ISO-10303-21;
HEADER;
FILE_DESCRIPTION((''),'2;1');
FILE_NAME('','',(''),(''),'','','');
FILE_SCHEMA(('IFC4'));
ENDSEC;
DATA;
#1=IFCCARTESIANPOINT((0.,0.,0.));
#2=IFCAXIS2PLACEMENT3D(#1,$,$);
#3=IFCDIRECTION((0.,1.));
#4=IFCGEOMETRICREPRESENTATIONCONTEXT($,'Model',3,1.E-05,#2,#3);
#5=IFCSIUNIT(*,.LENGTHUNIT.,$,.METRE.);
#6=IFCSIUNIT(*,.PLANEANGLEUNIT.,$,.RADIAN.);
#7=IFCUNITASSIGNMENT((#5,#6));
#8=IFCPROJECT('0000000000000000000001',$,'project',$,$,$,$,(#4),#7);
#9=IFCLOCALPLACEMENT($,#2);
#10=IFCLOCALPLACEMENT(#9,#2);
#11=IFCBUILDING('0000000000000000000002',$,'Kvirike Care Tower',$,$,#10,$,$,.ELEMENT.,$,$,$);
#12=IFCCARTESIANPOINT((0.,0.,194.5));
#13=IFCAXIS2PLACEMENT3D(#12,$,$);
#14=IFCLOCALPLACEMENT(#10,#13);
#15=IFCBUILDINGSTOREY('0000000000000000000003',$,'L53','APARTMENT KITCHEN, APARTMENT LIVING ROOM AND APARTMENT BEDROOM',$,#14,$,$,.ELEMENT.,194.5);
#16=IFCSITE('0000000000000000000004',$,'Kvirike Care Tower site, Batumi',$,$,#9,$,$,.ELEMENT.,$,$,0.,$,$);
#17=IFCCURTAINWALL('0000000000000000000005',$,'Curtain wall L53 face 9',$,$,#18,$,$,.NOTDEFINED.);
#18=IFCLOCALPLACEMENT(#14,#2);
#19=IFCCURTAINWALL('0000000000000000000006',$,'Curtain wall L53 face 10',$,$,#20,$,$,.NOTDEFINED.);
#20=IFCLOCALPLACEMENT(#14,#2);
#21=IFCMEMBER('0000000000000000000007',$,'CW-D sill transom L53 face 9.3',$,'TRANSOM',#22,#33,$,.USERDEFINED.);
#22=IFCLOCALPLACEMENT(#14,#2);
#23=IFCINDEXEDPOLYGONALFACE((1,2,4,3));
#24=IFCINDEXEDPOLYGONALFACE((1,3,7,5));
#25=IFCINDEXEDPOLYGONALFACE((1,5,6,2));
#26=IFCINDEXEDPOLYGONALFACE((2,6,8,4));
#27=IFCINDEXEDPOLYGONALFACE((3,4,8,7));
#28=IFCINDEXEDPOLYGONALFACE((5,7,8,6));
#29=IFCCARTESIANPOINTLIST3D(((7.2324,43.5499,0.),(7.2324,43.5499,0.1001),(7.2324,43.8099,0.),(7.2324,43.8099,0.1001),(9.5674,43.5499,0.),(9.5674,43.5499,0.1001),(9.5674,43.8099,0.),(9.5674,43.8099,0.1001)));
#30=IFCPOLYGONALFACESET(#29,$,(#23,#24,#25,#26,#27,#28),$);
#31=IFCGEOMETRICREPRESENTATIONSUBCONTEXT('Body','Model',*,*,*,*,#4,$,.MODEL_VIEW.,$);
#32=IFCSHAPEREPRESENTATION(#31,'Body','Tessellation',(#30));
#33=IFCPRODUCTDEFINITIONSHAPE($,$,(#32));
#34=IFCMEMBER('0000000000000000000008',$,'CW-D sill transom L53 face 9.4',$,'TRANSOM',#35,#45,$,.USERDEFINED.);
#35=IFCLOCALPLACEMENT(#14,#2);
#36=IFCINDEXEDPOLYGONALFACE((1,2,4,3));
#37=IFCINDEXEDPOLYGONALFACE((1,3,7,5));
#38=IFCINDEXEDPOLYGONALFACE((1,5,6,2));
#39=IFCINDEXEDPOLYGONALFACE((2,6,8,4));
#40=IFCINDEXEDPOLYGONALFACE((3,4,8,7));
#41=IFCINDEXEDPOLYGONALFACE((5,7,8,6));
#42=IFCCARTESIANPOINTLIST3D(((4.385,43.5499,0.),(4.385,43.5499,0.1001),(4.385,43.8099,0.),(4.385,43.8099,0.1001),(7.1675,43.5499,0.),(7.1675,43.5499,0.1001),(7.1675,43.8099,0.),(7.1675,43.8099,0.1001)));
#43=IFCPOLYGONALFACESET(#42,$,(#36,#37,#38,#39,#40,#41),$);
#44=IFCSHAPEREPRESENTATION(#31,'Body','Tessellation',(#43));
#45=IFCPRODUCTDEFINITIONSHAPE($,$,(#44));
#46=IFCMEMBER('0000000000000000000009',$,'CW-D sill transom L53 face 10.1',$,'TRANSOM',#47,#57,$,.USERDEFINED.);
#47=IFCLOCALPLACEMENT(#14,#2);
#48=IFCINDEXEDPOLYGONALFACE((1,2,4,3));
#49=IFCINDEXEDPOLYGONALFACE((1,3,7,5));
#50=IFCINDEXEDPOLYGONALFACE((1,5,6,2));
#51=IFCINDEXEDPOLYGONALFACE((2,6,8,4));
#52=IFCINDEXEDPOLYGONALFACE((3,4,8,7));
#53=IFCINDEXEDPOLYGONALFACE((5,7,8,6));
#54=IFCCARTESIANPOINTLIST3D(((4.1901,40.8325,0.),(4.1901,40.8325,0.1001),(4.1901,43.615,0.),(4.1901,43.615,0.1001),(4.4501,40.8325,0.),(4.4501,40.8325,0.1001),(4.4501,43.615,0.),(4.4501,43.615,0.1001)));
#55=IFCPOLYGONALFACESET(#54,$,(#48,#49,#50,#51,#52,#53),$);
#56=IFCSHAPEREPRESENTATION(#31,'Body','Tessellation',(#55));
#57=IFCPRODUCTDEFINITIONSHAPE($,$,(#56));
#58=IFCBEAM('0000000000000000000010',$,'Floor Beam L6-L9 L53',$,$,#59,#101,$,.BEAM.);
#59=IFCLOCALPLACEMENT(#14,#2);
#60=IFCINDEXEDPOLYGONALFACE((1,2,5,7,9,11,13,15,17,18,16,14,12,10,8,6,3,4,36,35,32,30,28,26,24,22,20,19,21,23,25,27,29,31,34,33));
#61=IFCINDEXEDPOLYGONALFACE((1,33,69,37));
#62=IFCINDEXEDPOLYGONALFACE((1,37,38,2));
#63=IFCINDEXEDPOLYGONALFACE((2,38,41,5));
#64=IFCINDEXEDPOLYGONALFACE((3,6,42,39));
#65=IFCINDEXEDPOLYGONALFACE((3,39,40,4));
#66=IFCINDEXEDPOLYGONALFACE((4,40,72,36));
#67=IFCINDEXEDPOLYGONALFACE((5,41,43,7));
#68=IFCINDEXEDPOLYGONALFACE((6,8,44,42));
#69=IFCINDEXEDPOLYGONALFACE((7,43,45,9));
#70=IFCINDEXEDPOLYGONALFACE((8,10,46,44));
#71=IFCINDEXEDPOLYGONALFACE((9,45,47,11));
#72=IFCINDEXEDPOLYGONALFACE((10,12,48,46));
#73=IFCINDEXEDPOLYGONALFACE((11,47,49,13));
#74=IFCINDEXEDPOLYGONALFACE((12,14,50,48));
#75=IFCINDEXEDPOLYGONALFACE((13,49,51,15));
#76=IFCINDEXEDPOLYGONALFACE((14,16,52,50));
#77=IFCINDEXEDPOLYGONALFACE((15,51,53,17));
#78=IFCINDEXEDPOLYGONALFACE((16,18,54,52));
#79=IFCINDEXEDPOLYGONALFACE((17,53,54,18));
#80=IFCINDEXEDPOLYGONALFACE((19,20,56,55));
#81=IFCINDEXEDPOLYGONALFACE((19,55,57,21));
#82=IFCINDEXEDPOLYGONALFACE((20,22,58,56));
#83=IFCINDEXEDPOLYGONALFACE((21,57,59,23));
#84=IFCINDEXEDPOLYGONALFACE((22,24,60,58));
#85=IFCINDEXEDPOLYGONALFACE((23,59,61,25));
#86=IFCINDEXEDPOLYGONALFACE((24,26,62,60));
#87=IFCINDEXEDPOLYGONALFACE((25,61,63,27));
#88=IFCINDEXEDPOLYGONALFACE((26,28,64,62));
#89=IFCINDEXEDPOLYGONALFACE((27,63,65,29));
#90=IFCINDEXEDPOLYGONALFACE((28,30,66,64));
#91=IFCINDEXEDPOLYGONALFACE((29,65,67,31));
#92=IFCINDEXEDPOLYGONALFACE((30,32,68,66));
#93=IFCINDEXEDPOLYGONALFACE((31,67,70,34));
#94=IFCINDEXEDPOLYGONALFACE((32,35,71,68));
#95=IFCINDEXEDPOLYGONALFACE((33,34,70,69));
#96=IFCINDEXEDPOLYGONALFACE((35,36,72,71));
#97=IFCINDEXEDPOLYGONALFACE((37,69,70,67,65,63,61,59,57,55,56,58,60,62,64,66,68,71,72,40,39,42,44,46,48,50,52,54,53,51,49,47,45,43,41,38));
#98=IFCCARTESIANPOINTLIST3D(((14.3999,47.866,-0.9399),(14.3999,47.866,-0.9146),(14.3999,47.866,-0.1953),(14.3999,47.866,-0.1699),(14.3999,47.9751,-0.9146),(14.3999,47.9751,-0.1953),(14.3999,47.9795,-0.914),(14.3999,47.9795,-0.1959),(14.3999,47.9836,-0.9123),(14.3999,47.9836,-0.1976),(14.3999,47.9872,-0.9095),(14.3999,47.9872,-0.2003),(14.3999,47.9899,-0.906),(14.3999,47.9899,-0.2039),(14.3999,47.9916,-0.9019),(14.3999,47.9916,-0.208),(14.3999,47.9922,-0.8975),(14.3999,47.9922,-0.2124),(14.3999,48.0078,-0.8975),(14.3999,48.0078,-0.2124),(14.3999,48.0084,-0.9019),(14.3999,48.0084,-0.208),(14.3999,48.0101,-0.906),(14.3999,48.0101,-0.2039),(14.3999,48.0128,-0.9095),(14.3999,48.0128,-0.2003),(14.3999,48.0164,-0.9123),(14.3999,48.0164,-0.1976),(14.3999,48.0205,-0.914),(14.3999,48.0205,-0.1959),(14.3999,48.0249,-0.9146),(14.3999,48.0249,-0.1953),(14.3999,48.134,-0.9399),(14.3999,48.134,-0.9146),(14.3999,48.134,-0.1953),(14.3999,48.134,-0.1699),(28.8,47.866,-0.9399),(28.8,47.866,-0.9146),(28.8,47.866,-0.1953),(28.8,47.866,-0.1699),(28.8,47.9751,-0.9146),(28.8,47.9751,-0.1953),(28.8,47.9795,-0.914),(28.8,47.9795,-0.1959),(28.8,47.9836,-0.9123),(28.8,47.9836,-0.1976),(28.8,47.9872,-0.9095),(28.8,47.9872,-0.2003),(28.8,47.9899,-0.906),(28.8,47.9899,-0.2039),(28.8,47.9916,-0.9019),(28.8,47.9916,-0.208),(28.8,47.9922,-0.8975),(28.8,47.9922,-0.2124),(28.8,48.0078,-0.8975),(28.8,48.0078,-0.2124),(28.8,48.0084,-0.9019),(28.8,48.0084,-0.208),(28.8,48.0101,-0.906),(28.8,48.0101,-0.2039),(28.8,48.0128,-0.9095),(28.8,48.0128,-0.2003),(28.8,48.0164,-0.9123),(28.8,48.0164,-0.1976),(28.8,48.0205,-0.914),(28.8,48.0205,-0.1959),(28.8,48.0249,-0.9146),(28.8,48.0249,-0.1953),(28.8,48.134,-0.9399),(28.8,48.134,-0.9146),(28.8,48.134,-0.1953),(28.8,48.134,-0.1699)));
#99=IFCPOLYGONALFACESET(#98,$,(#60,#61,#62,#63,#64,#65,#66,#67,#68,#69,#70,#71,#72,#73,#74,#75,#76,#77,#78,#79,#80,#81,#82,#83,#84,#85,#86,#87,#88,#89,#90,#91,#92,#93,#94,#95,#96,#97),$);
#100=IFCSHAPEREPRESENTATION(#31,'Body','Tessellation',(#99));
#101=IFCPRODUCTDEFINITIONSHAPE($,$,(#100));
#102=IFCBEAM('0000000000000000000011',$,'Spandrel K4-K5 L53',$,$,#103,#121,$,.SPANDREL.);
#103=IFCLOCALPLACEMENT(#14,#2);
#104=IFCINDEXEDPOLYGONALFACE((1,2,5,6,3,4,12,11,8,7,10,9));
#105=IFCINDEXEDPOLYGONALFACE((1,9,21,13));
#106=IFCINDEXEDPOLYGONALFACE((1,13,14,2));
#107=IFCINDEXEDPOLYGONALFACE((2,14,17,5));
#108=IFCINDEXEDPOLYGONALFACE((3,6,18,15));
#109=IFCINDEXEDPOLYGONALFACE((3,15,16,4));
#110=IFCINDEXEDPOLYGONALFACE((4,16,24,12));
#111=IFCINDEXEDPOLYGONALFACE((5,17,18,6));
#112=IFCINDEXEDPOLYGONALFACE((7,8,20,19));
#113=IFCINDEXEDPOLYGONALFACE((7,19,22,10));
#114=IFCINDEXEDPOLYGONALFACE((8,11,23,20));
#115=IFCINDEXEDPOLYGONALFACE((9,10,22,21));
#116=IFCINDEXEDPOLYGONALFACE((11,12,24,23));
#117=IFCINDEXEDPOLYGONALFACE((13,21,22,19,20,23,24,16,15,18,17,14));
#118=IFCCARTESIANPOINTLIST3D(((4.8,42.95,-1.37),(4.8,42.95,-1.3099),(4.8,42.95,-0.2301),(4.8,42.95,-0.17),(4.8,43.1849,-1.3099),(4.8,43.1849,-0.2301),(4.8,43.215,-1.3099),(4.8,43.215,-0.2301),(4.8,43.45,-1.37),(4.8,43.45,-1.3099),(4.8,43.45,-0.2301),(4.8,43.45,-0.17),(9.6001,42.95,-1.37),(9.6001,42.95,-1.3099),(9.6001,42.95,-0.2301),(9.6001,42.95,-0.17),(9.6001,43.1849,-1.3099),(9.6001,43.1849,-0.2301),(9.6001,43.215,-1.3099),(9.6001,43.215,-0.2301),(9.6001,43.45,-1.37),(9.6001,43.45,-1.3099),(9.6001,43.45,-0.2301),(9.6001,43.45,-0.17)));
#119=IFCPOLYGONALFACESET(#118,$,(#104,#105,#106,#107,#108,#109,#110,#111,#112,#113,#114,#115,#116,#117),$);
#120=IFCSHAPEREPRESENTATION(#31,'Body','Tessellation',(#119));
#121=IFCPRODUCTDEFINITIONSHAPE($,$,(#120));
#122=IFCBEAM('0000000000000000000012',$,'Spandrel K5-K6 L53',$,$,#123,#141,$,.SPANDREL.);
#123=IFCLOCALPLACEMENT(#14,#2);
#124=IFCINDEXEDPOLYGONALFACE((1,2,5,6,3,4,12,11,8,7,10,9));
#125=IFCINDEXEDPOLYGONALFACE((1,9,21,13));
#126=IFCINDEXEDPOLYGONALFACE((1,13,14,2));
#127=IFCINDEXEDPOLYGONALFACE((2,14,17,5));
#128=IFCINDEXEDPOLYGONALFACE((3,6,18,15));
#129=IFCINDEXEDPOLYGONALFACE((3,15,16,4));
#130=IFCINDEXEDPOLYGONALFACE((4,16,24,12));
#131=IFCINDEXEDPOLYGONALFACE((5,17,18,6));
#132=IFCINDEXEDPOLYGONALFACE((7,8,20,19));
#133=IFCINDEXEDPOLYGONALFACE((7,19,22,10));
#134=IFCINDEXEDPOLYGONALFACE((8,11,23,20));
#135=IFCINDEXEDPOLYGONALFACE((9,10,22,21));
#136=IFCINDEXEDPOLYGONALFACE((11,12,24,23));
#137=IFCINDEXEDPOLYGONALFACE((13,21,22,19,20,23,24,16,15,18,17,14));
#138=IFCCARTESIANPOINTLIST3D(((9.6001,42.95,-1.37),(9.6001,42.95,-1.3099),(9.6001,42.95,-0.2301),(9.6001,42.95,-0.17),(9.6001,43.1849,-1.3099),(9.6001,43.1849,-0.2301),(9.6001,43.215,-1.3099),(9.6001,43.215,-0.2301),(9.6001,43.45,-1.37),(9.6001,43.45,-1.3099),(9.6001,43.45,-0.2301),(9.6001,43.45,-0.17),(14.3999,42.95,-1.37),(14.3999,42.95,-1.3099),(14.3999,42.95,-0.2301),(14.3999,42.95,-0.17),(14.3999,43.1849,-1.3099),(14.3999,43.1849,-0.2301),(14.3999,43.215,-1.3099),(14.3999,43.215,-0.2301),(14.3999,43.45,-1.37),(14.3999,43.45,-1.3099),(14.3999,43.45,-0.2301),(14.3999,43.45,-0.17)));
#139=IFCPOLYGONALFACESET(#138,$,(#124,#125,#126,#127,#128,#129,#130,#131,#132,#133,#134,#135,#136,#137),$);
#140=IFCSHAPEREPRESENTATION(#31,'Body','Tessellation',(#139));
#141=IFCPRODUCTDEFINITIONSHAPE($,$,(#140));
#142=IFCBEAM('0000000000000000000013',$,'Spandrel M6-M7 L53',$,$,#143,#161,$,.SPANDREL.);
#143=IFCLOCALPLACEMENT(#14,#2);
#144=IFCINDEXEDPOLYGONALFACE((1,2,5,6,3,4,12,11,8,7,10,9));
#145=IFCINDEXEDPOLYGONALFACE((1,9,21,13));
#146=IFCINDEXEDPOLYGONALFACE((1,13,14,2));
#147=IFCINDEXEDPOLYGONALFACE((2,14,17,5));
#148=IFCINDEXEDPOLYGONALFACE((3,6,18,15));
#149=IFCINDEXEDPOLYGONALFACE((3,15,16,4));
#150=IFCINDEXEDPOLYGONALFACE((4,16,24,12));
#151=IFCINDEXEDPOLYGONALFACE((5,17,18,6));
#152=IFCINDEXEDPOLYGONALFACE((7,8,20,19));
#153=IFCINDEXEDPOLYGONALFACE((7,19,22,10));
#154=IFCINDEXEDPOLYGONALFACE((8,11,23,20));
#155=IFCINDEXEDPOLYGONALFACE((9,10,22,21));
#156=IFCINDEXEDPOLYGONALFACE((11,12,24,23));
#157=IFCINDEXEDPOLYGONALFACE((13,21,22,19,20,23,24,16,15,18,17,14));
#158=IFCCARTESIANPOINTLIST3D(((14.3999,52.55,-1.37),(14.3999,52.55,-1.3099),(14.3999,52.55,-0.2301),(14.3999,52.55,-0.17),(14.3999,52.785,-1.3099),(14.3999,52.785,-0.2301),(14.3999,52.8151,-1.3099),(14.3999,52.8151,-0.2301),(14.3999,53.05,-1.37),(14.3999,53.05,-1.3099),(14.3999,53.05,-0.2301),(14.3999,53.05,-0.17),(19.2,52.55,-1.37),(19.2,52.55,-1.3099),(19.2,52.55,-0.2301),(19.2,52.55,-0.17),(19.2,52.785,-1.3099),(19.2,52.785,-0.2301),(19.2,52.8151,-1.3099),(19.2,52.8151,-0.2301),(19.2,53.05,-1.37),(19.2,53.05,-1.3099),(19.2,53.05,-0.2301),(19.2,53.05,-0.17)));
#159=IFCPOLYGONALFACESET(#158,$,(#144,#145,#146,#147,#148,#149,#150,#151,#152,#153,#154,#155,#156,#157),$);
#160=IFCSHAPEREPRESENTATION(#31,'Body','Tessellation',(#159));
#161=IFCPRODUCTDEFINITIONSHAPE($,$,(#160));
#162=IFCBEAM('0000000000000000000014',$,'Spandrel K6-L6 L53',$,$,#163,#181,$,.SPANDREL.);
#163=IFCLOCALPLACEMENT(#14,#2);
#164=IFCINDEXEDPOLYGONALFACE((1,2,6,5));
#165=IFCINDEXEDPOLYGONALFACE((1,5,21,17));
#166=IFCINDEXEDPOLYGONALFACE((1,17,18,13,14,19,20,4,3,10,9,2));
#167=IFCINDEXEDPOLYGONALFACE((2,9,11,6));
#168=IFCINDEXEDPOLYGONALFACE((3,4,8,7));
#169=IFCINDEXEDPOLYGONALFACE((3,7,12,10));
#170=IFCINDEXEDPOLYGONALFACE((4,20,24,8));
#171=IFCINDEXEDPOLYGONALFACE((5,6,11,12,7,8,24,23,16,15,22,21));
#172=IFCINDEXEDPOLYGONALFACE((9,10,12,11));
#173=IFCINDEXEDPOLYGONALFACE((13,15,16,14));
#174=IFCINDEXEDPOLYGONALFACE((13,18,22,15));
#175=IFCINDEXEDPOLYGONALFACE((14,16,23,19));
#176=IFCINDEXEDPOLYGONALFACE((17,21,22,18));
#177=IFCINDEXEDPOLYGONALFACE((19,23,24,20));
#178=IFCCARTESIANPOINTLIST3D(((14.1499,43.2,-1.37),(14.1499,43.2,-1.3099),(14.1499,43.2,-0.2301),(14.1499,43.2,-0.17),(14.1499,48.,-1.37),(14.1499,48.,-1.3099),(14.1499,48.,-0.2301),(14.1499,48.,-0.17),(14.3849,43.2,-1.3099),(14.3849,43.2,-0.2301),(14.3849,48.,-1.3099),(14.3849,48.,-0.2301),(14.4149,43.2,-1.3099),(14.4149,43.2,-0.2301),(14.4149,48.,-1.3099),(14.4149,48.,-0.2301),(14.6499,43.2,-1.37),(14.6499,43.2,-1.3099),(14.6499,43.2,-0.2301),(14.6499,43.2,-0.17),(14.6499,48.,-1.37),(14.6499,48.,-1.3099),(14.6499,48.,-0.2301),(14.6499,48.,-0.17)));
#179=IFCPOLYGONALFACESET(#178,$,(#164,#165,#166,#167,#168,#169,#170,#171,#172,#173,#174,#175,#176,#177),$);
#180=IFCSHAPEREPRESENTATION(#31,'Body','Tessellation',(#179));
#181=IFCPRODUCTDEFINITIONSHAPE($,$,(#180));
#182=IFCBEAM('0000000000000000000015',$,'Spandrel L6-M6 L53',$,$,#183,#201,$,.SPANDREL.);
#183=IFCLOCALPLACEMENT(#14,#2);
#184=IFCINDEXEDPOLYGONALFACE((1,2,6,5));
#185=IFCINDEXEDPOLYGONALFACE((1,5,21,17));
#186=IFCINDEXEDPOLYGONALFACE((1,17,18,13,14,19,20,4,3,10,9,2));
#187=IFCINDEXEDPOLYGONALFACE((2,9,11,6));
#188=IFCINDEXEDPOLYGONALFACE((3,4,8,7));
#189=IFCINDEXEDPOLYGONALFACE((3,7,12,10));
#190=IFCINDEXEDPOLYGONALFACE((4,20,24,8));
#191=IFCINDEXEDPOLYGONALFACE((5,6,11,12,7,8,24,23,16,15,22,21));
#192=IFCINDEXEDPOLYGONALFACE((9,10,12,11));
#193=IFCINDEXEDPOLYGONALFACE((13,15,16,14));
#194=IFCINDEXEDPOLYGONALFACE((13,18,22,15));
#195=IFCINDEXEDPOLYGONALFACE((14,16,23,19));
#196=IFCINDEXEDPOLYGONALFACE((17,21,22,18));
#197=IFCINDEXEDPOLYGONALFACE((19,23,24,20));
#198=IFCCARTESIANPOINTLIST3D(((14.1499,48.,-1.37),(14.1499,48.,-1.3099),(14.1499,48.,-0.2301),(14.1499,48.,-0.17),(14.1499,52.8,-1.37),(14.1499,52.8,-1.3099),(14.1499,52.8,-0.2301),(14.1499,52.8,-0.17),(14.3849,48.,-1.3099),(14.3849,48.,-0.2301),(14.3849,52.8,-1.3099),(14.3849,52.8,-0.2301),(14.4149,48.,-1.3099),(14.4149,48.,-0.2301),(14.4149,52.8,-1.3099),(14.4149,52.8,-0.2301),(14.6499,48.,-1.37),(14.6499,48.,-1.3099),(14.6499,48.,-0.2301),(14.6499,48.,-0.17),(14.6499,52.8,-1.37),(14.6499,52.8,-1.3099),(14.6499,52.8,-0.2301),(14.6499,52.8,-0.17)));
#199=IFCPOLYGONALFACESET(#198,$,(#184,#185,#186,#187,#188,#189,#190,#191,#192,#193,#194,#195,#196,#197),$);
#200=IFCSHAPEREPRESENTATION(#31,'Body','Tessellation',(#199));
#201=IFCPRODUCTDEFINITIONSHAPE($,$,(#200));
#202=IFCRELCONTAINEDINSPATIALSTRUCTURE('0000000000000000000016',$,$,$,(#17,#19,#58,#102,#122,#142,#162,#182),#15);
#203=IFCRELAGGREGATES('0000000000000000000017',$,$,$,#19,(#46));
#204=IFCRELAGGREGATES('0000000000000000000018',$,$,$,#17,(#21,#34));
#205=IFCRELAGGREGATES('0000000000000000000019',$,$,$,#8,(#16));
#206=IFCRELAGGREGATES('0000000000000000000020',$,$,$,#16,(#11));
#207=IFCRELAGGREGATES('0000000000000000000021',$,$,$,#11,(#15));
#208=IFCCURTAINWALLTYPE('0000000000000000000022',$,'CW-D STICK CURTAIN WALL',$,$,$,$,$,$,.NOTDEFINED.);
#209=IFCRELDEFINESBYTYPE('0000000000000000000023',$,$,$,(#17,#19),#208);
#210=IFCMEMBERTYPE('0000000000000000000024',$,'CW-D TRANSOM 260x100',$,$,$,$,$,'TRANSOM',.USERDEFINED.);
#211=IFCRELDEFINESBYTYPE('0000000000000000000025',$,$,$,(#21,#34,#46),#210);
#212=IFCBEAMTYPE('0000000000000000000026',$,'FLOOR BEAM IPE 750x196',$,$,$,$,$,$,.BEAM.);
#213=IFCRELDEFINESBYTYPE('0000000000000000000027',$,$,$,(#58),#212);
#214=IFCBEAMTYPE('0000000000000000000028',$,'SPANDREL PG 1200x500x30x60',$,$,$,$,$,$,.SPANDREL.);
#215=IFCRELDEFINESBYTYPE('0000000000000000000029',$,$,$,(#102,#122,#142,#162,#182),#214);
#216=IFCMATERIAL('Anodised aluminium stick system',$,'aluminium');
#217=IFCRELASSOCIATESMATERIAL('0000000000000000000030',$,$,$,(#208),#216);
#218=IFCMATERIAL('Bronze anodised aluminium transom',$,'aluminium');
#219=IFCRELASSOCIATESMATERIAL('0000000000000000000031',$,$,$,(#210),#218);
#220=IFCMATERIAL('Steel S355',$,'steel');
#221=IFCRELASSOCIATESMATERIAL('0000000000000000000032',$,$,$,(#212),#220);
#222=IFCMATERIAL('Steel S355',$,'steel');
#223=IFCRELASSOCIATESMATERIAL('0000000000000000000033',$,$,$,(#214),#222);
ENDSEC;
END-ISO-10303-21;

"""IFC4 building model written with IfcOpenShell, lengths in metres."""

from ifc_helpers import new_model, si_unit, direction, frame, origin, origin_2d, place, context, subcontext, project, spatial, rectangle, i_section, extrude, material, material_profile, profile_set, type_object, element, aggregate, save


model = new_model("IFC4")

# Units and contexts
model_context = context("Model", 3, precision=1e-05, world=origin(), true_north=direction((0.0, 1.0)))
body_context = subcontext(model_context, "Body", "Model", "MODEL_VIEW")
ifc_project = project(units=[si_unit("LENGTHUNIT", "METRE"), si_unit("PLANEANGLEUNIT", "RADIAN")], contexts=[model_context])

# Site, building, storey
site_placement = place(None, origin())
site = spatial("IfcSite", under=ifc_project, at=site_placement, Name="Kvirike Care Tower site, Batumi", CompositionType="ELEMENT", RefElevation=0.0)
building_placement = place(site_placement, origin())
building = spatial("IfcBuilding", under=site, at=building_placement, Name="Kvirike Care Tower", CompositionType="ELEMENT")
storey_placement = place(building_placement, frame((0.0, 0.0, 194.5)))
storey = spatial("IfcBuildingStorey", under=building, at=storey_placement, Name="L53", Description="APARTMENT KITCHEN, APARTMENT LIVING ROOM AND APARTMENT BEDROOM", CompositionType="ELEMENT", Elevation=194.5)

# Curtain wall
ifc_material_1 = material(Name="Anodised aluminium stick system", Category="aluminium")
curtain_wall_type = type_object("IfcCurtainWallType", Name="CW-D STICK CURTAIN WALL", PredefinedType="NOTDEFINED", material=ifc_material_1)
curtain_wall_1_placement = place(storey_placement, origin())
curtain_wall_1 = element("IfcCurtainWall", 1, at=curtain_wall_1_placement, inside=storey, type_object=curtain_wall_type, Name="Curtain wall L53 face 9", PredefinedType="NOTDEFINED")

# Curtain wall
curtain_wall_2_placement = place(storey_placement, origin())
curtain_wall_2 = element("IfcCurtainWall", 2, at=curtain_wall_2_placement, inside=storey, type_object=curtain_wall_type, Name="Curtain wall L53 face 10", PredefinedType="NOTDEFINED")

# Members
ifc_material_2 = material(Name="Bronze anodised aluminium transom", Category="aluminium")
ifc_material_profile_1 = material_profile(ifc_material_2, rectangle(XDim=0.26, YDim=0.1001, at=origin_2d()), Name="CW-D TRANSOM 260x100")
ifc_profile_set_1 = profile_set([ifc_material_profile_1], Name="Bronze anodised aluminium transom")
member_type_1 = type_object("IfcMemberType", Name="CW-D TRANSOM 260x100", ElementType="TRANSOM", PredefinedType="USERDEFINED", material=ifc_profile_set_1)
member_1_placement = place(storey_placement, frame((9.5674, 43.6799, 0.05), z_axis=(-1.0, 0.0, 0.0), x_axis=(0.0, -1.0, 0.0)))
member_1 = element("IfcMember", 3, at=member_1_placement, type_object=member_type_1, Name="CW-D sill transom L53 face 9.3", ObjectType="TRANSOM", PredefinedType="USERDEFINED", context=body_context, shape_type="SweptSolid", body=[
    extrude(rectangle(XDim=0.26, YDim=0.1001, at=origin_2d()), origin(), (0.0, 0.0, 1.0), 2.335),
])
member_2_placement = place(storey_placement, frame((7.1675, 43.6799, 0.05), z_axis=(-1.0, 0.0, 0.0), x_axis=(0.0, -1.0, 0.0)))
member_2 = element("IfcMember", 4, at=member_2_placement, type_object=member_type_1, Name="CW-D sill transom L53 face 9.4", ObjectType="TRANSOM", PredefinedType="USERDEFINED", context=body_context, shape_type="SweptSolid", body=[
    extrude(rectangle(XDim=0.26, YDim=0.1001, at=origin_2d()), origin(), (0.0, 0.0, 1.0), 2.7825),
])
member_3_placement = place(storey_placement, frame((4.3201, 43.615, 0.05), z_axis=(0.0, -1.0, 0.0), x_axis=(1.0, 0.0, 0.0)))
member_3 = element("IfcMember", 5, at=member_3_placement, type_object=member_type_1, Name="CW-D sill transom L53 face 10.1", ObjectType="TRANSOM", PredefinedType="USERDEFINED", context=body_context, shape_type="SweptSolid", body=[
    extrude(rectangle(XDim=0.26, YDim=0.1001, at=origin_2d()), origin(), (0.0, 0.0, 1.0), 2.7825),
])
aggregate(curtain_wall_2, [member_3])

# Beams
ifc_material_3 = material(Name="Steel S355", Category="steel")
ifc_material_profile_2 = material_profile(ifc_material_3, i_section(OverallWidth=0.2681, OverallDepth=0.77, WebThickness=0.0156, FlangeThickness=0.0254, FilletRadius=0.0171, at=origin_2d()), Name="IPE 750x196")
ifc_profile_set_2 = profile_set([ifc_material_profile_2], Name="Steel S355")
beam_type_1 = type_object("IfcBeamType", Name="FLOOR BEAM IPE 750x196", PredefinedType="BEAM", material=ifc_profile_set_2)
beam_1_placement = place(storey_placement, frame((14.3999, 48.0, -0.5549), z_axis=(1.0, 0.0, 0.0), x_axis=(0.0, 1.0, 0.0)))
element("IfcBeam", 6, at=beam_1_placement, inside=storey, type_object=beam_type_1, Name="Floor Beam L6-L9 L53", PredefinedType="BEAM", context=body_context, shape_type="SweptSolid", body=[
    extrude(i_section(OverallWidth=0.2681, OverallDepth=0.77, WebThickness=0.0156, FlangeThickness=0.0254, FilletRadius=0.0171, at=origin_2d()), origin(), (0.0, 0.0, 1.0), 14.4001),
])
ifc_material_4 = material(Name="Steel S355", Category="steel")
ifc_material_profile_3 = material_profile(ifc_material_4, i_section(OverallWidth=0.5, OverallDepth=1.2, WebThickness=0.03, FlangeThickness=0.0601, at=origin_2d()), Name="PG 1200x500x30x60")
ifc_profile_set_3 = profile_set([ifc_material_profile_3], Name="Steel S355")
beam_type_2 = type_object("IfcBeamType", Name="SPANDREL PG 1200x500x30x60", PredefinedType="SPANDREL", material=ifc_profile_set_3)
beam_2_placement = place(storey_placement, frame((4.8, 43.2, -0.77), z_axis=(1.0, 0.0, 0.0), x_axis=(0.0, 1.0, 0.0)))
element("IfcBeam", 7, at=beam_2_placement, inside=storey, type_object=beam_type_2, Name="Spandrel K4-K5 L53", PredefinedType="SPANDREL", context=body_context, shape_type="SweptSolid", body=[
    extrude(i_section(OverallWidth=0.5, OverallDepth=1.2, WebThickness=0.03, FlangeThickness=0.0601, at=origin_2d()), origin(), (0.0, 0.0, 1.0), 4.8),
])
beam_3_placement = place(storey_placement, frame((9.6001, 43.2, -0.77), z_axis=(1.0, 0.0, 0.0), x_axis=(0.0, 1.0, 0.0)))
element("IfcBeam", 8, at=beam_3_placement, inside=storey, type_object=beam_type_2, Name="Spandrel K5-K6 L53", PredefinedType="SPANDREL", context=body_context, shape_type="SweptSolid", body=[
    extrude(i_section(OverallWidth=0.5, OverallDepth=1.2, WebThickness=0.03, FlangeThickness=0.0601, at=origin_2d()), origin(), (0.0, 0.0, 1.0), 4.7998),
])
for number, where, z_axis, x_axis, name in (
    (9, (14.3999, 52.8, -0.77), (1.0, 0.0, 0.0), (0.0, 1.0, 0.0), "Spandrel M6-M7 L53"),
    (10, (14.3999, 43.2, -0.77), (0.0, 1.0, 0.0), (-1.0, 0.0, 0.0), "Spandrel K6-L6 L53"),
    (11, (14.3999, 48.0, -0.77), (0.0, 1.0, 0.0), (-1.0, 0.0, 0.0), "Spandrel L6-M6 L53"),
):
    element("IfcBeam", number, at=place(storey_placement, frame(where, z_axis=z_axis, x_axis=x_axis)), inside=storey, type_object=beam_type_2, Name=name, PredefinedType="SPANDREL", context=body_context, shape_type="SweptSolid", body=[
        extrude(i_section(OverallWidth=0.5, OverallDepth=1.2, WebThickness=0.03, FlangeThickness=0.0601, at=origin_2d()), origin(), (0.0, 0.0, 1.0), 4.8),
    ])

aggregate(curtain_wall_1, [member_1, member_2])

save(model, "model.ifc")
